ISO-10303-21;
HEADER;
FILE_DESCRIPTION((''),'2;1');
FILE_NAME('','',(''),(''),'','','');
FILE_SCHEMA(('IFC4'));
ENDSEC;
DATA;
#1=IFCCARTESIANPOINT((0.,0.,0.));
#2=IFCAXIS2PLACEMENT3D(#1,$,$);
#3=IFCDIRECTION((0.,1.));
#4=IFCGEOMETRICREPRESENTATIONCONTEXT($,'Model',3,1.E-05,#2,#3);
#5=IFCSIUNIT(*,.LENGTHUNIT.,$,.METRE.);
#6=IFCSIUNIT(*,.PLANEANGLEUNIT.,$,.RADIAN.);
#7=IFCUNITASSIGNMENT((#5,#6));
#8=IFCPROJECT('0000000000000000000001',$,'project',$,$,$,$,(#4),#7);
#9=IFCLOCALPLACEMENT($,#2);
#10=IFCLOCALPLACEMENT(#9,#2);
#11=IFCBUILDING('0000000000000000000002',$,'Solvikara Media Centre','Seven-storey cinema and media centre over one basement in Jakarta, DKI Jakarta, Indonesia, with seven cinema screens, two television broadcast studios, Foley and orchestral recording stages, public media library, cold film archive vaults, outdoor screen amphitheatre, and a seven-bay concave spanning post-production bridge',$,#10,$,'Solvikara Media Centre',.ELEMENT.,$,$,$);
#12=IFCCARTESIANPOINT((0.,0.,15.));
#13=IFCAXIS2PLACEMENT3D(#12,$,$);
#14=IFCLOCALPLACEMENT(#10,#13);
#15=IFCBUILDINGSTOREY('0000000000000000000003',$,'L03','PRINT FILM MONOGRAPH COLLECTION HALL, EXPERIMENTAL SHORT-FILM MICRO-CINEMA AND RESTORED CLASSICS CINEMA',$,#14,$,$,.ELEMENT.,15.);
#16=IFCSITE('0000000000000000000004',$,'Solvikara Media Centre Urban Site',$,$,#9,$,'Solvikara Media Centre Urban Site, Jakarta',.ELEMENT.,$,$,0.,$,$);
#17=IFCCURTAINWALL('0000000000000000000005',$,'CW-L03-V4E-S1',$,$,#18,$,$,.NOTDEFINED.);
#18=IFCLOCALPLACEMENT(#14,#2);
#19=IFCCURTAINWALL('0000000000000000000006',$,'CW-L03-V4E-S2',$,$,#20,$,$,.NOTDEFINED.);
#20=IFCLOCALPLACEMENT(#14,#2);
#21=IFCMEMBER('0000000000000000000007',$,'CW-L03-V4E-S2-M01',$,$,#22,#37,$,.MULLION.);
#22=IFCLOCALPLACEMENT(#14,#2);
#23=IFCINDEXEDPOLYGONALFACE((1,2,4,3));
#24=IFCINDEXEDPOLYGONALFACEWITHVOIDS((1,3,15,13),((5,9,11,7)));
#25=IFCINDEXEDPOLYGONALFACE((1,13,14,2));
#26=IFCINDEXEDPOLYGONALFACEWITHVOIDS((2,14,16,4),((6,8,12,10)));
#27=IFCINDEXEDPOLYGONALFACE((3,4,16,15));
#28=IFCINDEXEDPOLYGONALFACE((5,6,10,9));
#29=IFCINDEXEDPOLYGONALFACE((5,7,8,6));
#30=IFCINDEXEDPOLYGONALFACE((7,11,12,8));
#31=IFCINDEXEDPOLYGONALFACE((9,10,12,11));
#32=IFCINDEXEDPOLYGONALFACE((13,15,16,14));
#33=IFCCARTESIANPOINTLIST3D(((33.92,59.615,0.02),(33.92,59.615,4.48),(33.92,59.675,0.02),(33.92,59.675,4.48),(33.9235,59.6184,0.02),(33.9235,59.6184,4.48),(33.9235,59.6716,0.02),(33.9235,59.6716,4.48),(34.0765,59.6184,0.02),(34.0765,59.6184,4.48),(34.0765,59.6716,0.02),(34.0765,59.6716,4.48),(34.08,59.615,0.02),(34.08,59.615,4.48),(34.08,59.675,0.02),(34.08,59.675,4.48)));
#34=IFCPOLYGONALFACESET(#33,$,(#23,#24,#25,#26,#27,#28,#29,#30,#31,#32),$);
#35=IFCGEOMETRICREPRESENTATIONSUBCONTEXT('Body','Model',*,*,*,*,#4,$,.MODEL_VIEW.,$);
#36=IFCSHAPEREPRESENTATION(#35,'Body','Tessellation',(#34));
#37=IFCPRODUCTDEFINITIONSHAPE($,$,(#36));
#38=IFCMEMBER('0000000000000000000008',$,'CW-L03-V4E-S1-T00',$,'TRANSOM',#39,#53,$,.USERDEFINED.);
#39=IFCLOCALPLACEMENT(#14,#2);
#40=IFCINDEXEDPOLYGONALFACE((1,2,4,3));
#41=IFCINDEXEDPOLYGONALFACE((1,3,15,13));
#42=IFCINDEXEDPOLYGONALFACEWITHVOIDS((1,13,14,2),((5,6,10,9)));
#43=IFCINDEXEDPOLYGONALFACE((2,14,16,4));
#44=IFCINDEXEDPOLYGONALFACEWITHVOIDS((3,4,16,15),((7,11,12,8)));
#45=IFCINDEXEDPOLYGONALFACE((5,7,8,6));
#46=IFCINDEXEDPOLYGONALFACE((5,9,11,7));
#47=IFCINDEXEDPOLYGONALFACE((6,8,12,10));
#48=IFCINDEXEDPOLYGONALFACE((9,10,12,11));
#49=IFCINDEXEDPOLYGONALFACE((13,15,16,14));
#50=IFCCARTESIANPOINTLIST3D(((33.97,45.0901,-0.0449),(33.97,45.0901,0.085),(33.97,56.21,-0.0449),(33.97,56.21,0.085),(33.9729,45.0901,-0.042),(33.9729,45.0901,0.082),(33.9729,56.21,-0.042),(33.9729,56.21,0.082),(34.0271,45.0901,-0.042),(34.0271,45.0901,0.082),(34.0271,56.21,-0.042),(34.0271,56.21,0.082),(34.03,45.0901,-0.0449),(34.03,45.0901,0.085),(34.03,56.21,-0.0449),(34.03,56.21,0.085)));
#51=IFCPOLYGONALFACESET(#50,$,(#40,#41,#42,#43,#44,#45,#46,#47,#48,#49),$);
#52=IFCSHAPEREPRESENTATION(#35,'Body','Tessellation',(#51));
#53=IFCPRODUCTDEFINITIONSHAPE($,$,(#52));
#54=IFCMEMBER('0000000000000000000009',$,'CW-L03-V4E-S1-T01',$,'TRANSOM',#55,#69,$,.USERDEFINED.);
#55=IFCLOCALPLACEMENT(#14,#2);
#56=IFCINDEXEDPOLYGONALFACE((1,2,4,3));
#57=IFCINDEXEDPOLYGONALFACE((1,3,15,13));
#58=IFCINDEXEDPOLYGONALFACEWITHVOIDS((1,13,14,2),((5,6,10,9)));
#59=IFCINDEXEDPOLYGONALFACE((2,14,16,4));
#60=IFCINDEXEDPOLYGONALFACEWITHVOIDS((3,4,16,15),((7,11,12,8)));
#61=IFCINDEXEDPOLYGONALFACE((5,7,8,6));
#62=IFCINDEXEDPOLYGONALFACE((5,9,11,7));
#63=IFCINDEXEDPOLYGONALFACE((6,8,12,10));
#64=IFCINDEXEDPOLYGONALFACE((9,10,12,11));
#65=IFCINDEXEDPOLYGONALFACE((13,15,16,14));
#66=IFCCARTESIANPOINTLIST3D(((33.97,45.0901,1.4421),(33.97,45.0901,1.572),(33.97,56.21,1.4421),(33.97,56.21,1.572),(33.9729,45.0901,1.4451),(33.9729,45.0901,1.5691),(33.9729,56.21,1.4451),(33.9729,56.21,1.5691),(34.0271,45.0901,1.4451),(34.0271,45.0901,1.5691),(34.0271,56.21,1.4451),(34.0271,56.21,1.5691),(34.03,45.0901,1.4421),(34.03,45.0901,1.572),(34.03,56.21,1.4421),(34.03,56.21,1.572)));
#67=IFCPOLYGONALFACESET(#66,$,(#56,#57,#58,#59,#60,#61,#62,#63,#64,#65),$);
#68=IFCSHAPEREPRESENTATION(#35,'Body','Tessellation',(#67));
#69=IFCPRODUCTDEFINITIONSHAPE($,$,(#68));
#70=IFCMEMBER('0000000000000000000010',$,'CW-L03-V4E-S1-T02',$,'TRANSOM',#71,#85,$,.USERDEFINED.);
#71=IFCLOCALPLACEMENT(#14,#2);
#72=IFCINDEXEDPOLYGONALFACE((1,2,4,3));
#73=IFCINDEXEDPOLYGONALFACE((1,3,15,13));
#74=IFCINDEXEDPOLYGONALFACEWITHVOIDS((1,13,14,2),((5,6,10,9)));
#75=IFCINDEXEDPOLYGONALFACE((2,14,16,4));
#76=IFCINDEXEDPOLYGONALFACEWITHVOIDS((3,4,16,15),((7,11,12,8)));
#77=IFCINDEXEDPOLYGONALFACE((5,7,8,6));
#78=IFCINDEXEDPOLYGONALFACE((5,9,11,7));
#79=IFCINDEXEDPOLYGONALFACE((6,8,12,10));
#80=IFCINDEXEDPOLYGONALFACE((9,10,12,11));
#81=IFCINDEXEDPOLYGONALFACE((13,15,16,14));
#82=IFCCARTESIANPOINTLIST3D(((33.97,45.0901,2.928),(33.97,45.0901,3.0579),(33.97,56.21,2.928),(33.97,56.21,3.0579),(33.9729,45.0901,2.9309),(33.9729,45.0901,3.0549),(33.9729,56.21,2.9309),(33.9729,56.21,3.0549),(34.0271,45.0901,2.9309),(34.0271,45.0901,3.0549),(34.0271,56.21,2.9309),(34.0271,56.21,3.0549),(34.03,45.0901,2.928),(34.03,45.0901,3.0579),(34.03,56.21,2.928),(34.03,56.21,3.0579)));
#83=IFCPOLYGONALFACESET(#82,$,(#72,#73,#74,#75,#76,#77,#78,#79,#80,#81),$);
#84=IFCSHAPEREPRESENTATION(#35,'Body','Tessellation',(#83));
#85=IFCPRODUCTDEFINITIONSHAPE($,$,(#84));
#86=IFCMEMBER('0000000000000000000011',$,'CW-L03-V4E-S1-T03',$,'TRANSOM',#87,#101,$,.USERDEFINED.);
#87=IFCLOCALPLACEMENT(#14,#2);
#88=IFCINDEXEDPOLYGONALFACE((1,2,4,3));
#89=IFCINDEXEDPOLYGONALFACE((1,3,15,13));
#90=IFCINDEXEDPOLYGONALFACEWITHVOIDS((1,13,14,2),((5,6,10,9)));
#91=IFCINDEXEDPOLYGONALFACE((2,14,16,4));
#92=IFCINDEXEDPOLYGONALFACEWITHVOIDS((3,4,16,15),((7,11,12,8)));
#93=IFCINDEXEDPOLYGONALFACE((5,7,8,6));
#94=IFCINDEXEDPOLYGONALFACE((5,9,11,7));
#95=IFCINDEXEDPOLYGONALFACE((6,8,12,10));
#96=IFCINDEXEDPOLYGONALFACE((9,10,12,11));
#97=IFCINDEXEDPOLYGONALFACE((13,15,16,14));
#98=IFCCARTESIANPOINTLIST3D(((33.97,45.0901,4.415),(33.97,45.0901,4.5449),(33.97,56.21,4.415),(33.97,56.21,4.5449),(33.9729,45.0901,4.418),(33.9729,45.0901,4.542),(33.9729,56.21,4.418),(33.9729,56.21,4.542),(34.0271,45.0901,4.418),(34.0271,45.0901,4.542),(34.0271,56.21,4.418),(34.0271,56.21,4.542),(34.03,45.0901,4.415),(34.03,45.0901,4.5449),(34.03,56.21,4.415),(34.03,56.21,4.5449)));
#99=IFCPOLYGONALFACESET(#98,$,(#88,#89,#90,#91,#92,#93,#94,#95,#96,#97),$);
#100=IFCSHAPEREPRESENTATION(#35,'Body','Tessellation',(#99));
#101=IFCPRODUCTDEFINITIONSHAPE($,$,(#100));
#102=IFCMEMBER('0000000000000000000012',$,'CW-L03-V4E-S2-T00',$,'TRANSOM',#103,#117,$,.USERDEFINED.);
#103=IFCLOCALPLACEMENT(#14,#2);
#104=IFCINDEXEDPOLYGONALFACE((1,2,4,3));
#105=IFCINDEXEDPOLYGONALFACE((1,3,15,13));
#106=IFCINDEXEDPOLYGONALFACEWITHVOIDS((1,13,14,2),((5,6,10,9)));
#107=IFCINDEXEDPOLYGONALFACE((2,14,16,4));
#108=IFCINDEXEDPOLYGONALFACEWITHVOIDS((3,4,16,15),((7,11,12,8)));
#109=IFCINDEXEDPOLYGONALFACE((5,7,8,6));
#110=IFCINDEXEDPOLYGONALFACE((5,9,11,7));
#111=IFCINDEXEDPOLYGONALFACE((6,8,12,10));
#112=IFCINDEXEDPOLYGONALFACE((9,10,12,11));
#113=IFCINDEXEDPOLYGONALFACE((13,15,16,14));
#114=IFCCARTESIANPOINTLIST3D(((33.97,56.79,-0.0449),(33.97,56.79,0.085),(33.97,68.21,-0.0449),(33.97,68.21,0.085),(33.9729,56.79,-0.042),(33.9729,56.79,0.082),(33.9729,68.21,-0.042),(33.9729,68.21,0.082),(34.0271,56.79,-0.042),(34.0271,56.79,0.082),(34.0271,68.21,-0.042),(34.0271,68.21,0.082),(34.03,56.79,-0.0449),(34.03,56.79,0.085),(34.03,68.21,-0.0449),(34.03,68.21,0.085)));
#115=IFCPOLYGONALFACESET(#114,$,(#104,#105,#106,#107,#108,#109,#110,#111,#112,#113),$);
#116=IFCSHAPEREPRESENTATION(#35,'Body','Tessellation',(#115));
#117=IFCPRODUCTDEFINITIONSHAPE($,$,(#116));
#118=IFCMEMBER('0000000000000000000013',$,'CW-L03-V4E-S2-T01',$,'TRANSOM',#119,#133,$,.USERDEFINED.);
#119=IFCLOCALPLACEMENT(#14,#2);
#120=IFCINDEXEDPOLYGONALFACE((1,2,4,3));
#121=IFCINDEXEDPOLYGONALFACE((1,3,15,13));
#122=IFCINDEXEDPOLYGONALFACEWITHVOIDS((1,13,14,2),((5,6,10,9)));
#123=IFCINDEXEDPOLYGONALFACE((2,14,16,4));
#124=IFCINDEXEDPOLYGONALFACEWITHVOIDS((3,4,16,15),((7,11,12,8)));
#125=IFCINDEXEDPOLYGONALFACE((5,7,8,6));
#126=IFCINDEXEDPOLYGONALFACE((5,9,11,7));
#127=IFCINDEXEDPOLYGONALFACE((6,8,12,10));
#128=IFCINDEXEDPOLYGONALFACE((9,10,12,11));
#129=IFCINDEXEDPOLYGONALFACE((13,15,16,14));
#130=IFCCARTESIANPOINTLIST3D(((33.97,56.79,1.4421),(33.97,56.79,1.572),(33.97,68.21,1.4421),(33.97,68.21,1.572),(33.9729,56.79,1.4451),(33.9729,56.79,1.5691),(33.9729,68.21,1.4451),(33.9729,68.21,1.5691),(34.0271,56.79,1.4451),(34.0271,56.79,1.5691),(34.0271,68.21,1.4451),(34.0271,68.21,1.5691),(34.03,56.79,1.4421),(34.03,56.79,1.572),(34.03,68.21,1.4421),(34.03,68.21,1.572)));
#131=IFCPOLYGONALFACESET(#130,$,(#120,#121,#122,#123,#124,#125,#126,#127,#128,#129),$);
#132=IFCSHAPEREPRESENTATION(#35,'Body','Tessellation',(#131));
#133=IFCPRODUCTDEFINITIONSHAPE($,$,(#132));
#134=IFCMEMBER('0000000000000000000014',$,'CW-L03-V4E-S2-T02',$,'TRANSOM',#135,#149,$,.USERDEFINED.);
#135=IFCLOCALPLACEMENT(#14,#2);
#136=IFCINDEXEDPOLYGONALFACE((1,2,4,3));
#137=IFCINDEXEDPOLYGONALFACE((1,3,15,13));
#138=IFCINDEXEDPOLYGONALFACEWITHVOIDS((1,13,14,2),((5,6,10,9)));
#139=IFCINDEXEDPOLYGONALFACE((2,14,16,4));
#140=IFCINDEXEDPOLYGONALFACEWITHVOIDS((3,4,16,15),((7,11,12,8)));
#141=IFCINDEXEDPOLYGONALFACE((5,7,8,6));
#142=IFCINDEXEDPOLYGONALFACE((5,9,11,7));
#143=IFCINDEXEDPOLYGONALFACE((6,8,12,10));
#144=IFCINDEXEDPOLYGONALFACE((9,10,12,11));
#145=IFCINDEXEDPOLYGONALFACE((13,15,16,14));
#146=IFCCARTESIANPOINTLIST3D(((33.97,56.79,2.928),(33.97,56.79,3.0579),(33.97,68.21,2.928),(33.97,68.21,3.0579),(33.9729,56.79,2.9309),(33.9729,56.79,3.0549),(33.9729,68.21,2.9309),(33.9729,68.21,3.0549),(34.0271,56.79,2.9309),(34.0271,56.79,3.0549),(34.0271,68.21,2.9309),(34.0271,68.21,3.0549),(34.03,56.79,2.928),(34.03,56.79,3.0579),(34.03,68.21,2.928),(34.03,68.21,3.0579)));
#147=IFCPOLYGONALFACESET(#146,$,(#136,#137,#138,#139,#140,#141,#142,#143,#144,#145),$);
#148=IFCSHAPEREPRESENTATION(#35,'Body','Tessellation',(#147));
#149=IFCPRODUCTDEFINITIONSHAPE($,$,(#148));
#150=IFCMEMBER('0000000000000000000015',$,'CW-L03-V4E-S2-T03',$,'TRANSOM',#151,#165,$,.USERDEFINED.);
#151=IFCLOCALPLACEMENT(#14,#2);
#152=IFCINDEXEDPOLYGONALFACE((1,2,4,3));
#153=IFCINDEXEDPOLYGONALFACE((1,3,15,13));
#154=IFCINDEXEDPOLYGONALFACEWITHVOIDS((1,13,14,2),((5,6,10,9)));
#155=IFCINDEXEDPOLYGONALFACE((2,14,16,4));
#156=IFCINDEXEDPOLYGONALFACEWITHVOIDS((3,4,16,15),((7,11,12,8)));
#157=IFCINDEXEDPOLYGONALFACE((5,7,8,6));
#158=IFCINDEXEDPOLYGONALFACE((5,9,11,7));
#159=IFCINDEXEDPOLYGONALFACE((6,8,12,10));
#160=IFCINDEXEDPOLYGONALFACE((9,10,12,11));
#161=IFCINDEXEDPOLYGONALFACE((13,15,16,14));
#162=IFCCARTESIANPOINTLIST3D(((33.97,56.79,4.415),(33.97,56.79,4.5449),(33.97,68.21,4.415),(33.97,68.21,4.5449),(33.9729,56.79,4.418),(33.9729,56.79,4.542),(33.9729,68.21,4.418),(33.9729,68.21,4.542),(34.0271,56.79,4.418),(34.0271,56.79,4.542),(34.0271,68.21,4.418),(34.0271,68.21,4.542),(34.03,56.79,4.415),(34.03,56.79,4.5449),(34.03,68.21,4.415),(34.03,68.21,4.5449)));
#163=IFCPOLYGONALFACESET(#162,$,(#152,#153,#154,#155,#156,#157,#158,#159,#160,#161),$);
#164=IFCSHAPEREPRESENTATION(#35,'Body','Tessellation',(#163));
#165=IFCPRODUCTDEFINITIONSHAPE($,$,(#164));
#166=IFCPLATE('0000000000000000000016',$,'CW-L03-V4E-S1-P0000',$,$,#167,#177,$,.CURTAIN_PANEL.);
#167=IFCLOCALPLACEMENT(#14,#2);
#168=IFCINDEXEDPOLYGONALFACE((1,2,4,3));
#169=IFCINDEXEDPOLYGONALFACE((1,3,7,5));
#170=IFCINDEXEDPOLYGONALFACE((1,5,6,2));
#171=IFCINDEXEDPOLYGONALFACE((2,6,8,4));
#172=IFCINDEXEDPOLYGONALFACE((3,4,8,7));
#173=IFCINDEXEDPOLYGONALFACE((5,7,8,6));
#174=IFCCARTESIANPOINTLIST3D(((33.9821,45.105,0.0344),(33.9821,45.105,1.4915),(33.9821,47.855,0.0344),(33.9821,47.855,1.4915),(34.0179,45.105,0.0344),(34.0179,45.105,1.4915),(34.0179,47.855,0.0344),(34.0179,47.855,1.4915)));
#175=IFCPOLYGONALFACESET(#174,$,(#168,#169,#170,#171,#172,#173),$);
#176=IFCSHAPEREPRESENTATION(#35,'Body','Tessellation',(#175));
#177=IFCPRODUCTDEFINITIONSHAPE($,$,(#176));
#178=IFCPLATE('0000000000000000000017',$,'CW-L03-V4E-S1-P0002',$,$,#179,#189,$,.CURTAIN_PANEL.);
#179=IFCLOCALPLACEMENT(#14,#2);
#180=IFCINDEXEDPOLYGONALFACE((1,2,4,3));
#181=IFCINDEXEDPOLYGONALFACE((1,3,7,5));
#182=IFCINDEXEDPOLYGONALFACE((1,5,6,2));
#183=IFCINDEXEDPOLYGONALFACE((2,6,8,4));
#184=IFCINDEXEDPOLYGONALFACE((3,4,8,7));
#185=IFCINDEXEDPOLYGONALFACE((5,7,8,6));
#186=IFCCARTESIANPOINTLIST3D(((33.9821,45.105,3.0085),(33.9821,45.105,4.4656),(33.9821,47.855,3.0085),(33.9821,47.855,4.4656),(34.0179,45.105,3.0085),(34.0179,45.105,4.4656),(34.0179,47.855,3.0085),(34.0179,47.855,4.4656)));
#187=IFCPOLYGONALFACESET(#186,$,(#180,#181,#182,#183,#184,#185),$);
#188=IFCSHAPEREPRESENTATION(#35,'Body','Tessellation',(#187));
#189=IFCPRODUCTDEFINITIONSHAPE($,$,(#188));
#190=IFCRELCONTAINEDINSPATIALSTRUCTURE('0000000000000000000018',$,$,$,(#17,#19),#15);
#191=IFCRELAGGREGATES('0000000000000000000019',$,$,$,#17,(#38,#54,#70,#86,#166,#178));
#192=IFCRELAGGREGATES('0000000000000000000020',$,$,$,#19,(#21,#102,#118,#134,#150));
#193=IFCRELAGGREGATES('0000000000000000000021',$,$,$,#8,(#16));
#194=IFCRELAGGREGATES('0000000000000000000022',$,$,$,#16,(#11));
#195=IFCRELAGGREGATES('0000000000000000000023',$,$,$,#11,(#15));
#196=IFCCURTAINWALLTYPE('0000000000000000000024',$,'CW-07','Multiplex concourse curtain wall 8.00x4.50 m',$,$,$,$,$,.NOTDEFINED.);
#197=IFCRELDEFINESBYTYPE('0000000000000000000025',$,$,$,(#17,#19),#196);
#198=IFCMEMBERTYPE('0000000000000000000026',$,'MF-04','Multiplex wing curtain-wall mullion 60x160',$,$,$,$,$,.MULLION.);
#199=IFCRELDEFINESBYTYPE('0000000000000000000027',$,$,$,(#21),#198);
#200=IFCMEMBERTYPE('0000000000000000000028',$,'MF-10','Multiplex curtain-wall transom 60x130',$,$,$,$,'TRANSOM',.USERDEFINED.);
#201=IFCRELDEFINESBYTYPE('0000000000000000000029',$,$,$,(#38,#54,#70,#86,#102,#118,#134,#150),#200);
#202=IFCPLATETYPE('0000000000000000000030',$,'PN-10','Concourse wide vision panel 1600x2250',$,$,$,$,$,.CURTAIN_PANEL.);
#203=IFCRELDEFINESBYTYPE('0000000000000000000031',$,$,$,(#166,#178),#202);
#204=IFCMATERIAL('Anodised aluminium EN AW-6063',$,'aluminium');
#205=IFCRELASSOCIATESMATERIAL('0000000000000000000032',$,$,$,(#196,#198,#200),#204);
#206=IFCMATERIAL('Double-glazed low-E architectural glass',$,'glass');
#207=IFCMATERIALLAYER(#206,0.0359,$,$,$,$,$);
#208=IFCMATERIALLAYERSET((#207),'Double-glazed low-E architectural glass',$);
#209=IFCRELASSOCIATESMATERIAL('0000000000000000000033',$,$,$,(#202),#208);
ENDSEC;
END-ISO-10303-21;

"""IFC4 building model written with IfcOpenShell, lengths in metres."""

from ifc_helpers import new_model, si_unit, direction, frame, origin, origin_2d, place, context, subcontext, project, spatial, rectangle, hollow_rectangle, extrude, material, layer, layer_set, material_profile, profile_set, type_object, element, aggregate, save


model = new_model("IFC4")

# Units and contexts
model_context = context("Model", 3, precision=1e-05, world=origin(), true_north=direction((0.0, 1.0)))
body_context = subcontext(model_context, "Body", "Model", "MODEL_VIEW")
ifc_project = project(units=[si_unit("LENGTHUNIT", "METRE"), si_unit("PLANEANGLEUNIT", "RADIAN")], contexts=[model_context])

# Site, building, storey
site_placement = place(None, origin())
site = spatial("IfcSite", under=ifc_project, at=site_placement, Name="Solvikara Media Centre Urban Site", LongName="Solvikara Media Centre Urban Site, Jakarta", CompositionType="ELEMENT", RefElevation=0.0)
building_placement = place(site_placement, origin())
building = spatial("IfcBuilding", under=site, at=building_placement, Name="Solvikara Media Centre", Description="Seven-storey cinema and media centre over one basement in Jakarta, DKI Jakarta, Indonesia, with seven cinema screens, two television broadcast studios, Foley and orchestral recording stages, public media library, cold film archive vaults, outdoor screen amphitheatre, and a seven-bay concave spanning post-production bridge", LongName="Solvikara Media Centre", CompositionType="ELEMENT")
storey_placement = place(building_placement, frame((0.0, 0.0, 15.0)))
storey = spatial("IfcBuildingStorey", under=building, at=storey_placement, Name="L03", Description="PRINT FILM MONOGRAPH COLLECTION HALL, EXPERIMENTAL SHORT-FILM MICRO-CINEMA AND RESTORED CLASSICS CINEMA", CompositionType="ELEMENT", Elevation=15.0)

# Curtain walls, member
ifc_material_1 = material(Name="Anodised aluminium EN AW-6063", Category="aluminium")
curtain_wall_type = type_object("IfcCurtainWallType", Name="CW-07", Description="Multiplex concourse curtain wall 8.00x4.50 m", PredefinedType="NOTDEFINED", material=ifc_material_1)
curtain_wall_1_placement = place(storey_placement, origin())
curtain_wall_1 = element("IfcCurtainWall", 1, at=curtain_wall_1_placement, inside=storey, type_object=curtain_wall_type, Name="CW-L03-V4E-S1", PredefinedType="NOTDEFINED")
ifc_material_profile_1 = material_profile(ifc_material_1, hollow_rectangle(XDim=0.0601, YDim=0.1599, WallThickness=0.0034, at=origin_2d()), Name="ALU-M 60x160x3.5")
ifc_profile_set_1 = profile_set([ifc_material_profile_1], Name="Anodised aluminium EN AW-6063")
member_type_1 = type_object("IfcMemberType", Name="MF-04", Description="Multiplex wing curtain-wall mullion 60x160", PredefinedType="MULLION", material=ifc_profile_set_1)
curtain_wall_2_placement = place(storey_placement, origin())
curtain_wall_2 = element("IfcCurtainWall", 2, at=curtain_wall_2_placement, inside=storey, type_object=curtain_wall_type, Name="CW-L03-V4E-S2", PredefinedType="NOTDEFINED")
member_1_placement = place(storey_placement, frame((34.0, 59.645, 0.02), z_axis=(0.0, 0.0, 1.0), x_axis=(0.0, 1.0, 0.0)))
member_1 = element("IfcMember", 3, at=member_1_placement, type_object=member_type_1, Name="CW-L03-V4E-S2-M01", PredefinedType="MULLION", context=body_context, shape_type="SweptSolid", body=[
    extrude(hollow_rectangle(XDim=0.0601, YDim=0.1599, WallThickness=0.0034, at=origin_2d()), origin(), (0.0, 0.0, 1.0), 4.46),
])

# Members
ifc_material_profile_2 = material_profile(ifc_material_1, hollow_rectangle(XDim=0.0601, YDim=0.1299, WallThickness=0.0029, at=origin_2d()), Name="ALU-T 60x130x3")
ifc_profile_set_2 = profile_set([ifc_material_profile_2], Name="Anodised aluminium EN AW-6063")
member_type_2 = type_object("IfcMemberType", Name="MF-10", Description="Multiplex curtain-wall transom 60x130", ElementType="TRANSOM", PredefinedType="USERDEFINED", material=ifc_profile_set_2)
member_2_placement = place(storey_placement, frame((34.0, 45.0901, 0.02), z_axis=(0.0, 1.0, 0.0), x_axis=(-1.0, 0.0, 0.0)))
member_2 = element("IfcMember", 4, at=member_2_placement, type_object=member_type_2, Name="CW-L03-V4E-S1-T00", ObjectType="TRANSOM", PredefinedType="USERDEFINED", context=body_context, shape_type="SweptSolid", body=[
    extrude(hollow_rectangle(XDim=0.0601, YDim=0.1299, WallThickness=0.0029, at=origin_2d()), origin(), (0.0, 0.0, 1.0), 11.1199),
])
member_3_placement = place(storey_placement, frame((34.0, 45.0901, 1.5071), z_axis=(0.0, 1.0, 0.0), x_axis=(-1.0, 0.0, 0.0)))
member_3 = element("IfcMember", 5, at=member_3_placement, type_object=member_type_2, Name="CW-L03-V4E-S1-T01", ObjectType="TRANSOM", PredefinedType="USERDEFINED", context=body_context, shape_type="SweptSolid", body=[
    extrude(hollow_rectangle(XDim=0.0601, YDim=0.1299, WallThickness=0.0029, at=origin_2d()), origin(), (0.0, 0.0, 1.0), 11.1199),
])
member_4_placement = place(storey_placement, frame((34.0, 45.0901, 2.9929), z_axis=(0.0, 1.0, 0.0), x_axis=(-1.0, 0.0, 0.0)))
member_4 = element("IfcMember", 6, at=member_4_placement, type_object=member_type_2, Name="CW-L03-V4E-S1-T02", ObjectType="TRANSOM", PredefinedType="USERDEFINED", context=body_context, shape_type="SweptSolid", body=[
    extrude(hollow_rectangle(XDim=0.0601, YDim=0.1299, WallThickness=0.0029, at=origin_2d()), origin(), (0.0, 0.0, 1.0), 11.1199),
])
member_5_placement = place(storey_placement, frame((34.0, 45.0901, 4.48), z_axis=(0.0, 1.0, 0.0), x_axis=(-1.0, 0.0, 0.0)))
member_5 = element("IfcMember", 7, at=member_5_placement, type_object=member_type_2, Name="CW-L03-V4E-S1-T03", ObjectType="TRANSOM", PredefinedType="USERDEFINED", context=body_context, shape_type="SweptSolid", body=[
    extrude(hollow_rectangle(XDim=0.0601, YDim=0.1299, WallThickness=0.0029, at=origin_2d()), origin(), (0.0, 0.0, 1.0), 11.1199),
])
member_6_placement = place(storey_placement, frame((34.0, 56.79, 0.02), z_axis=(0.0, 1.0, 0.0), x_axis=(-1.0, 0.0, 0.0)))
member_6 = element("IfcMember", 8, at=member_6_placement, type_object=member_type_2, Name="CW-L03-V4E-S2-T00", ObjectType="TRANSOM", PredefinedType="USERDEFINED", context=body_context, shape_type="SweptSolid", body=[
    extrude(hollow_rectangle(XDim=0.0601, YDim=0.1299, WallThickness=0.0029, at=origin_2d()), origin(), (0.0, 0.0, 1.0), 11.4199),
])
member_7_placement = place(storey_placement, frame((34.0, 56.79, 1.5071), z_axis=(0.0, 1.0, 0.0), x_axis=(-1.0, 0.0, 0.0)))
member_7 = element("IfcMember", 9, at=member_7_placement, type_object=member_type_2, Name="CW-L03-V4E-S2-T01", ObjectType="TRANSOM", PredefinedType="USERDEFINED", context=body_context, shape_type="SweptSolid", body=[
    extrude(hollow_rectangle(XDim=0.0601, YDim=0.1299, WallThickness=0.0029, at=origin_2d()), origin(), (0.0, 0.0, 1.0), 11.4199),
])
member_8_placement = place(storey_placement, frame((34.0, 56.79, 2.9929), z_axis=(0.0, 1.0, 0.0), x_axis=(-1.0, 0.0, 0.0)))
member_8 = element("IfcMember", 10, at=member_8_placement, type_object=member_type_2, Name="CW-L03-V4E-S2-T02", ObjectType="TRANSOM", PredefinedType="USERDEFINED", context=body_context, shape_type="SweptSolid", body=[
    extrude(hollow_rectangle(XDim=0.0601, YDim=0.1299, WallThickness=0.0029, at=origin_2d()), origin(), (0.0, 0.0, 1.0), 11.4199),
])
member_9_placement = place(storey_placement, frame((34.0, 56.79, 4.48), z_axis=(0.0, 1.0, 0.0), x_axis=(-1.0, 0.0, 0.0)))
member_9 = element("IfcMember", 11, at=member_9_placement, type_object=member_type_2, Name="CW-L03-V4E-S2-T03", ObjectType="TRANSOM", PredefinedType="USERDEFINED", context=body_context, shape_type="SweptSolid", body=[
    extrude(hollow_rectangle(XDim=0.0601, YDim=0.1299, WallThickness=0.0029, at=origin_2d()), origin(), (0.0, 0.0, 1.0), 11.4199),
])

# Plates
ifc_material_2 = material(Name="Double-glazed low-E architectural glass", Category="glass")
ifc_layer_1 = layer(ifc_material_2, 0.0359)
ifc_layer_set_1 = layer_set([ifc_layer_1], Name="Double-glazed low-E architectural glass")
plate_type_1 = type_object("IfcPlateType", Name="PN-10", Description="Concourse wide vision panel 1600x2250", PredefinedType="CURTAIN_PANEL", material=ifc_layer_set_1)
plate_1_placement = place(storey_placement, frame((34.0, 46.48, 0.0344), z_axis=(0.0, 0.0, 1.0), x_axis=(0.0, 1.0, 0.0)))
plate_1 = element("IfcPlate", 12, at=plate_1_placement, type_object=plate_type_1, Name="CW-L03-V4E-S1-P0000", PredefinedType="CURTAIN_PANEL", context=body_context, shape_type="SweptSolid", body=[
    extrude(rectangle(XDim=2.75, YDim=0.0359, at=origin_2d()), origin(), (0.0, 0.0, 1.0), 1.457),
])
plate_2_placement = place(storey_placement, frame((34.0, 46.48, 3.0085), z_axis=(0.0, 0.0, 1.0), x_axis=(0.0, 1.0, 0.0)))
plate_2 = element("IfcPlate", 13, at=plate_2_placement, type_object=plate_type_1, Name="CW-L03-V4E-S1-P0002", PredefinedType="CURTAIN_PANEL", context=body_context, shape_type="SweptSolid", body=[
    extrude(rectangle(XDim=2.75, YDim=0.0359, at=origin_2d()), origin(), (0.0, 0.0, 1.0), 1.457),
])
aggregate(curtain_wall_1, [member_2, member_3, member_4, member_5, plate_1, plate_2])
aggregate(curtain_wall_2, [member_1, member_6, member_7, member_8, member_9])

save(model, "model.ifc")
